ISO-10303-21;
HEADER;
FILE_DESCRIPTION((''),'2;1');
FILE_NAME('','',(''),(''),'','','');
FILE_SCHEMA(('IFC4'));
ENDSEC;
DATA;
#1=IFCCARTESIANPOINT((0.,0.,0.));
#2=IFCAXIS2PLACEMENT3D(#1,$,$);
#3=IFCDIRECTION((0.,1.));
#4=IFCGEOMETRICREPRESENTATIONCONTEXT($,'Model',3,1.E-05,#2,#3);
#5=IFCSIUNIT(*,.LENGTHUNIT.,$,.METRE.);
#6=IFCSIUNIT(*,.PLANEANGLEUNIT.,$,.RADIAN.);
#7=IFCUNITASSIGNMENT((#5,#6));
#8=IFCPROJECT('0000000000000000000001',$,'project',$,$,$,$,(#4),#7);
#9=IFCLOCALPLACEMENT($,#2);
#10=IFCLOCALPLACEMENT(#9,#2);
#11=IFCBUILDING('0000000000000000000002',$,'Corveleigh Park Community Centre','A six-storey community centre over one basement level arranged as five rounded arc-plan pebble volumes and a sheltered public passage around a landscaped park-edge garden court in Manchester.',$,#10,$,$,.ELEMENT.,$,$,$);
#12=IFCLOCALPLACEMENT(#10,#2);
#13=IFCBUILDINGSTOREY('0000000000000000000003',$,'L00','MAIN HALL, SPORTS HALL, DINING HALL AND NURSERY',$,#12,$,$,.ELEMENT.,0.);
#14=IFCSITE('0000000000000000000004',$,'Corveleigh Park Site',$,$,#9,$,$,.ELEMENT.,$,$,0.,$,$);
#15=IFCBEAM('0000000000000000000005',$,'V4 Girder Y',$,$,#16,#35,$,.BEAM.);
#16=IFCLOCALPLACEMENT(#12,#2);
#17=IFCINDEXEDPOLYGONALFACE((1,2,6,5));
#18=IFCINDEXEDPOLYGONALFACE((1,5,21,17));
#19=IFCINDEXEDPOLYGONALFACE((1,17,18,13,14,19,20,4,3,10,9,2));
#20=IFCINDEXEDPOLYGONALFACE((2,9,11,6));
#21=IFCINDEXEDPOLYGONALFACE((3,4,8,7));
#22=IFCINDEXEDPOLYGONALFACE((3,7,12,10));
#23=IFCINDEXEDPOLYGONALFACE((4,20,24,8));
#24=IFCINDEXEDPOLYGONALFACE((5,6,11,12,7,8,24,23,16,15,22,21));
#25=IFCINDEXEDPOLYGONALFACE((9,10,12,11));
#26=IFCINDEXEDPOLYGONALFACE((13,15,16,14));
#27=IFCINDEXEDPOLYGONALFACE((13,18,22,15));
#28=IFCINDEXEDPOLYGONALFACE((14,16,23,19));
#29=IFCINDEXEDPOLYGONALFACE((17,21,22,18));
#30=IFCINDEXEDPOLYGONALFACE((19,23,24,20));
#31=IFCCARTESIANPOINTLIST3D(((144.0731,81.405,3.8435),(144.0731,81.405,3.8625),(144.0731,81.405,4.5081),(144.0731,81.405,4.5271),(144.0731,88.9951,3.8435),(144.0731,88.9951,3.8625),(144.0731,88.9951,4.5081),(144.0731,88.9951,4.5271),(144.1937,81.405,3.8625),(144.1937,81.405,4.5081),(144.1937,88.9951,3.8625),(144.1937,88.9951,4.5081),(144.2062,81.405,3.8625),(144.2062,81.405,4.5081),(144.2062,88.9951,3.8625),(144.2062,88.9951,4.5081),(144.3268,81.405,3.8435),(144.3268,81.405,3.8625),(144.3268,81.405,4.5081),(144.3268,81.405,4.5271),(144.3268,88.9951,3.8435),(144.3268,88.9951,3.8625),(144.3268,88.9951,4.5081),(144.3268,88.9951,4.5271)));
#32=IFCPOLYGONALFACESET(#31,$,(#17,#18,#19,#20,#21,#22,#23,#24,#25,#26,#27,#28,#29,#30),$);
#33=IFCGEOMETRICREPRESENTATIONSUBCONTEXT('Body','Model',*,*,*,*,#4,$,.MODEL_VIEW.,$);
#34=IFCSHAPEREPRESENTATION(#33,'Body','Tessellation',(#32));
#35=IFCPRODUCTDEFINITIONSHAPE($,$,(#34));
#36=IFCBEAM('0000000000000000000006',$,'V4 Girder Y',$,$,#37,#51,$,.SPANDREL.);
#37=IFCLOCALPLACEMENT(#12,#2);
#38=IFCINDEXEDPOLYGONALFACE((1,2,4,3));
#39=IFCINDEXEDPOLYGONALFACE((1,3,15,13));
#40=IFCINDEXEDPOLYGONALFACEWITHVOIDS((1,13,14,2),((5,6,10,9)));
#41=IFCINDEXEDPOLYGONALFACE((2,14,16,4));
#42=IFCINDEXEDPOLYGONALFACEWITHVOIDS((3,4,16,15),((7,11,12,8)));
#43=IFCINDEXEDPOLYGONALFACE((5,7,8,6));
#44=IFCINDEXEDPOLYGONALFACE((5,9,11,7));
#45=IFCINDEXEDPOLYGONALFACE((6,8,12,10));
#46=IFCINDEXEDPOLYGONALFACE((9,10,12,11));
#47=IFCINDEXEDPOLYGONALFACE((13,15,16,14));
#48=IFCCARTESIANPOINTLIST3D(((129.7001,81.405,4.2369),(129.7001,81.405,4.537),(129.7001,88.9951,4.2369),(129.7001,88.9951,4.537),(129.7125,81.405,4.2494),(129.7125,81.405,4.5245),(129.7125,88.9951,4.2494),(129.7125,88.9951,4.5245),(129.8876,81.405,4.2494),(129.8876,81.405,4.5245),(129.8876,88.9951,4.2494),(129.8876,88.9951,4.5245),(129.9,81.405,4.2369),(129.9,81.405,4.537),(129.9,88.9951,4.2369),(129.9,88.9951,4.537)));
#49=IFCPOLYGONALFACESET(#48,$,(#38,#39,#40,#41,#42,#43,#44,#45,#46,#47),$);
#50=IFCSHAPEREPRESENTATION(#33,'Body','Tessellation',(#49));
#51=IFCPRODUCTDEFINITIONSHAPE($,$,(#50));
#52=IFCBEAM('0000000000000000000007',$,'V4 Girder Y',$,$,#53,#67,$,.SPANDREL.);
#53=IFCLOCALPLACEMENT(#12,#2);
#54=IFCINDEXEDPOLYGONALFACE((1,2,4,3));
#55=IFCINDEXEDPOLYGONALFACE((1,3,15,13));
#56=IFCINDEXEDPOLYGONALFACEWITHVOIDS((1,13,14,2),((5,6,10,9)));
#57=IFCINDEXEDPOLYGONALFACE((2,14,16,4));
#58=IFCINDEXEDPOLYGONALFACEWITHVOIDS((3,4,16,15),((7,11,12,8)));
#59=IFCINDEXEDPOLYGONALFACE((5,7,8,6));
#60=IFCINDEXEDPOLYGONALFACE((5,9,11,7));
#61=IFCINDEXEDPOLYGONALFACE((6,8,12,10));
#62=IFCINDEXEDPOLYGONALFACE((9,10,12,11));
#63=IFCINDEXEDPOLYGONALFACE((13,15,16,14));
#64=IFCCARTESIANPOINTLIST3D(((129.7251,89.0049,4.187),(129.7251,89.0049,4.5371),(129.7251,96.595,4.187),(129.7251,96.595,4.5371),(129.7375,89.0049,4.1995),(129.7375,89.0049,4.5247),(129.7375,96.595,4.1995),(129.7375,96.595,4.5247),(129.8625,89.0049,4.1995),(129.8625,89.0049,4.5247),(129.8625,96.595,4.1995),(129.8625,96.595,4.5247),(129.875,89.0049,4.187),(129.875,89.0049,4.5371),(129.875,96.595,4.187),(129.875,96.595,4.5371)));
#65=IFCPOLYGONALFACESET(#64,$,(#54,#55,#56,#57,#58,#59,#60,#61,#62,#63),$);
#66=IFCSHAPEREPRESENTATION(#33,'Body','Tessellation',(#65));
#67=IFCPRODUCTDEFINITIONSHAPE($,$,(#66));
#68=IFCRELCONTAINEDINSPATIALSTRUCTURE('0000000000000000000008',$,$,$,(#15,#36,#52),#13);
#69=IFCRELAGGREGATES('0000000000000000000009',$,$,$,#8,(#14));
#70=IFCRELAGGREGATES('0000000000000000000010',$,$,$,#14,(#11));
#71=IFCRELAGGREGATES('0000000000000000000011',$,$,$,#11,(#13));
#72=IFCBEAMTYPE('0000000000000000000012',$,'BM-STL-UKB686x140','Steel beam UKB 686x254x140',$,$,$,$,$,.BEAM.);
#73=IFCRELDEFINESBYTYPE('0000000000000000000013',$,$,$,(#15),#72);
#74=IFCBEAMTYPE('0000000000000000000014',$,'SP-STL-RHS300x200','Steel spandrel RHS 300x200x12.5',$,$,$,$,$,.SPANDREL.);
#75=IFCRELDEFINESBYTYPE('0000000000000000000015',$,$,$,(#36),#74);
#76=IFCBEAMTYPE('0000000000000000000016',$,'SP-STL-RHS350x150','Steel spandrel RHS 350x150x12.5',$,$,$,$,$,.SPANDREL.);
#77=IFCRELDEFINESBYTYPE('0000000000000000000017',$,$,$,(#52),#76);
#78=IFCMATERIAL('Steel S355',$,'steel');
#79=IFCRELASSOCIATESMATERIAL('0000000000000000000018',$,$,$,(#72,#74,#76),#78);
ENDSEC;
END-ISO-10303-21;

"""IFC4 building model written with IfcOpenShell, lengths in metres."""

from ifc_helpers import new_model, si_unit, direction, frame, origin, origin_2d, place, context, subcontext, project, spatial, hollow_rectangle, i_section, extrude, material, material_profile, profile_set, type_object, element, save


model = new_model("IFC4")

# Units and contexts
model_context = context("Model", 3, precision=1e-05, world=origin(), true_north=direction((0.0, 1.0)))
body_context = subcontext(model_context, "Body", "Model", "MODEL_VIEW")
ifc_project = project(units=[si_unit("LENGTHUNIT", "METRE"), si_unit("PLANEANGLEUNIT", "RADIAN")], contexts=[model_context])

# Site, building, storey
site_placement = place(None, origin())
site = spatial("IfcSite", under=ifc_project, at=site_placement, Name="Corveleigh Park Site", CompositionType="ELEMENT", RefElevation=0.0)
building_placement = place(site_placement, origin())
building = spatial("IfcBuilding", under=site, at=building_placement, Name="Corveleigh Park Community Centre", Description="A six-storey community centre over one basement level arranged as five rounded arc-plan pebble volumes and a sheltered public passage around a landscaped park-edge garden court in Manchester.", CompositionType="ELEMENT")
storey_placement = place(building_placement, origin())
storey = spatial("IfcBuildingStorey", under=building, at=storey_placement, Name="L00", Description="MAIN HALL, SPORTS HALL, DINING HALL AND NURSERY", CompositionType="ELEMENT", Elevation=0.0)

# Shared definitions
ifc_material_1 = material(Name="Steel S355", Category="steel")

# Beams
ifc_material_profile_1 = material_profile(ifc_material_1, i_section(OverallWidth=0.2537, OverallDepth=0.6836, WebThickness=0.0125, FlangeThickness=0.019, at=origin_2d()), Name="UKB 686x254x140", Category="steel")
ifc_profile_set_1 = profile_set([ifc_material_profile_1], Name="Steel S355")
beam_type_1 = type_object("IfcBeamType", Name="BM-STL-UKB686x140", Description="Steel beam UKB 686x254x140", PredefinedType="BEAM", material=ifc_profile_set_1)
beam_1_placement = place(storey_placement, frame((144.2, 81.405, 4.1853), z_axis=(0.0, 1.0, 0.0), x_axis=(-1.0, 0.0, 0.0)))
element("IfcBeam", 1, at=beam_1_placement, inside=storey, type_object=beam_type_1, Name="V4 Girder Y", PredefinedType="BEAM", context=body_context, shape_type="SweptSolid", body=[
    extrude(i_section(OverallWidth=0.2537, OverallDepth=0.6836, WebThickness=0.0125, FlangeThickness=0.019, at=origin_2d()), origin(), (0.0, 0.0, 1.0), 7.5901),
])
ifc_material_profile_2 = material_profile(ifc_material_1, hollow_rectangle(XDim=0.2, YDim=0.3, WallThickness=0.0125, at=origin_2d()), Name="RHS 300x200x12.5", Category="steel")
ifc_profile_set_2 = profile_set([ifc_material_profile_2], Name="Steel S355")
beam_type_2 = type_object("IfcBeamType", Name="SP-STL-RHS300x200", Description="Steel spandrel RHS 300x200x12.5", PredefinedType="SPANDREL", material=ifc_profile_set_2)
beam_2_placement = place(storey_placement, frame((129.8, 81.405, 4.387), z_axis=(0.0, 1.0, 0.0), x_axis=(-1.0, 0.0, 0.0)))
element("IfcBeam", 2, at=beam_2_placement, inside=storey, type_object=beam_type_2, Name="V4 Girder Y", PredefinedType="SPANDREL", context=body_context, shape_type="SweptSolid", body=[
    extrude(hollow_rectangle(XDim=0.2, YDim=0.3, WallThickness=0.0125, at=origin_2d()), origin(), (0.0, 0.0, 1.0), 7.5901),
])
ifc_material_profile_3 = material_profile(ifc_material_1, hollow_rectangle(XDim=0.1499, YDim=0.3501, WallThickness=0.0125, at=origin_2d()), Name="RHS 350x150x12.5", Category="steel")
ifc_profile_set_3 = profile_set([ifc_material_profile_3], Name="Steel S355")
beam_type_3 = type_object("IfcBeamType", Name="SP-STL-RHS350x150", Description="Steel spandrel RHS 350x150x12.5", PredefinedType="SPANDREL", material=ifc_profile_set_3)
beam_3_placement = place(storey_placement, frame((129.8, 89.0049, 4.3621), z_axis=(0.0, 1.0, 0.0), x_axis=(-1.0, 0.0, 0.0)))
element("IfcBeam", 3, at=beam_3_placement, inside=storey, type_object=beam_type_3, Name="V4 Girder Y", PredefinedType="SPANDREL", context=body_context, shape_type="SweptSolid", body=[
    extrude(hollow_rectangle(XDim=0.1499, YDim=0.3501, WallThickness=0.0125, at=origin_2d()), origin(), (0.0, 0.0, 1.0), 7.5901),
])

save(model, "model.ifc")
